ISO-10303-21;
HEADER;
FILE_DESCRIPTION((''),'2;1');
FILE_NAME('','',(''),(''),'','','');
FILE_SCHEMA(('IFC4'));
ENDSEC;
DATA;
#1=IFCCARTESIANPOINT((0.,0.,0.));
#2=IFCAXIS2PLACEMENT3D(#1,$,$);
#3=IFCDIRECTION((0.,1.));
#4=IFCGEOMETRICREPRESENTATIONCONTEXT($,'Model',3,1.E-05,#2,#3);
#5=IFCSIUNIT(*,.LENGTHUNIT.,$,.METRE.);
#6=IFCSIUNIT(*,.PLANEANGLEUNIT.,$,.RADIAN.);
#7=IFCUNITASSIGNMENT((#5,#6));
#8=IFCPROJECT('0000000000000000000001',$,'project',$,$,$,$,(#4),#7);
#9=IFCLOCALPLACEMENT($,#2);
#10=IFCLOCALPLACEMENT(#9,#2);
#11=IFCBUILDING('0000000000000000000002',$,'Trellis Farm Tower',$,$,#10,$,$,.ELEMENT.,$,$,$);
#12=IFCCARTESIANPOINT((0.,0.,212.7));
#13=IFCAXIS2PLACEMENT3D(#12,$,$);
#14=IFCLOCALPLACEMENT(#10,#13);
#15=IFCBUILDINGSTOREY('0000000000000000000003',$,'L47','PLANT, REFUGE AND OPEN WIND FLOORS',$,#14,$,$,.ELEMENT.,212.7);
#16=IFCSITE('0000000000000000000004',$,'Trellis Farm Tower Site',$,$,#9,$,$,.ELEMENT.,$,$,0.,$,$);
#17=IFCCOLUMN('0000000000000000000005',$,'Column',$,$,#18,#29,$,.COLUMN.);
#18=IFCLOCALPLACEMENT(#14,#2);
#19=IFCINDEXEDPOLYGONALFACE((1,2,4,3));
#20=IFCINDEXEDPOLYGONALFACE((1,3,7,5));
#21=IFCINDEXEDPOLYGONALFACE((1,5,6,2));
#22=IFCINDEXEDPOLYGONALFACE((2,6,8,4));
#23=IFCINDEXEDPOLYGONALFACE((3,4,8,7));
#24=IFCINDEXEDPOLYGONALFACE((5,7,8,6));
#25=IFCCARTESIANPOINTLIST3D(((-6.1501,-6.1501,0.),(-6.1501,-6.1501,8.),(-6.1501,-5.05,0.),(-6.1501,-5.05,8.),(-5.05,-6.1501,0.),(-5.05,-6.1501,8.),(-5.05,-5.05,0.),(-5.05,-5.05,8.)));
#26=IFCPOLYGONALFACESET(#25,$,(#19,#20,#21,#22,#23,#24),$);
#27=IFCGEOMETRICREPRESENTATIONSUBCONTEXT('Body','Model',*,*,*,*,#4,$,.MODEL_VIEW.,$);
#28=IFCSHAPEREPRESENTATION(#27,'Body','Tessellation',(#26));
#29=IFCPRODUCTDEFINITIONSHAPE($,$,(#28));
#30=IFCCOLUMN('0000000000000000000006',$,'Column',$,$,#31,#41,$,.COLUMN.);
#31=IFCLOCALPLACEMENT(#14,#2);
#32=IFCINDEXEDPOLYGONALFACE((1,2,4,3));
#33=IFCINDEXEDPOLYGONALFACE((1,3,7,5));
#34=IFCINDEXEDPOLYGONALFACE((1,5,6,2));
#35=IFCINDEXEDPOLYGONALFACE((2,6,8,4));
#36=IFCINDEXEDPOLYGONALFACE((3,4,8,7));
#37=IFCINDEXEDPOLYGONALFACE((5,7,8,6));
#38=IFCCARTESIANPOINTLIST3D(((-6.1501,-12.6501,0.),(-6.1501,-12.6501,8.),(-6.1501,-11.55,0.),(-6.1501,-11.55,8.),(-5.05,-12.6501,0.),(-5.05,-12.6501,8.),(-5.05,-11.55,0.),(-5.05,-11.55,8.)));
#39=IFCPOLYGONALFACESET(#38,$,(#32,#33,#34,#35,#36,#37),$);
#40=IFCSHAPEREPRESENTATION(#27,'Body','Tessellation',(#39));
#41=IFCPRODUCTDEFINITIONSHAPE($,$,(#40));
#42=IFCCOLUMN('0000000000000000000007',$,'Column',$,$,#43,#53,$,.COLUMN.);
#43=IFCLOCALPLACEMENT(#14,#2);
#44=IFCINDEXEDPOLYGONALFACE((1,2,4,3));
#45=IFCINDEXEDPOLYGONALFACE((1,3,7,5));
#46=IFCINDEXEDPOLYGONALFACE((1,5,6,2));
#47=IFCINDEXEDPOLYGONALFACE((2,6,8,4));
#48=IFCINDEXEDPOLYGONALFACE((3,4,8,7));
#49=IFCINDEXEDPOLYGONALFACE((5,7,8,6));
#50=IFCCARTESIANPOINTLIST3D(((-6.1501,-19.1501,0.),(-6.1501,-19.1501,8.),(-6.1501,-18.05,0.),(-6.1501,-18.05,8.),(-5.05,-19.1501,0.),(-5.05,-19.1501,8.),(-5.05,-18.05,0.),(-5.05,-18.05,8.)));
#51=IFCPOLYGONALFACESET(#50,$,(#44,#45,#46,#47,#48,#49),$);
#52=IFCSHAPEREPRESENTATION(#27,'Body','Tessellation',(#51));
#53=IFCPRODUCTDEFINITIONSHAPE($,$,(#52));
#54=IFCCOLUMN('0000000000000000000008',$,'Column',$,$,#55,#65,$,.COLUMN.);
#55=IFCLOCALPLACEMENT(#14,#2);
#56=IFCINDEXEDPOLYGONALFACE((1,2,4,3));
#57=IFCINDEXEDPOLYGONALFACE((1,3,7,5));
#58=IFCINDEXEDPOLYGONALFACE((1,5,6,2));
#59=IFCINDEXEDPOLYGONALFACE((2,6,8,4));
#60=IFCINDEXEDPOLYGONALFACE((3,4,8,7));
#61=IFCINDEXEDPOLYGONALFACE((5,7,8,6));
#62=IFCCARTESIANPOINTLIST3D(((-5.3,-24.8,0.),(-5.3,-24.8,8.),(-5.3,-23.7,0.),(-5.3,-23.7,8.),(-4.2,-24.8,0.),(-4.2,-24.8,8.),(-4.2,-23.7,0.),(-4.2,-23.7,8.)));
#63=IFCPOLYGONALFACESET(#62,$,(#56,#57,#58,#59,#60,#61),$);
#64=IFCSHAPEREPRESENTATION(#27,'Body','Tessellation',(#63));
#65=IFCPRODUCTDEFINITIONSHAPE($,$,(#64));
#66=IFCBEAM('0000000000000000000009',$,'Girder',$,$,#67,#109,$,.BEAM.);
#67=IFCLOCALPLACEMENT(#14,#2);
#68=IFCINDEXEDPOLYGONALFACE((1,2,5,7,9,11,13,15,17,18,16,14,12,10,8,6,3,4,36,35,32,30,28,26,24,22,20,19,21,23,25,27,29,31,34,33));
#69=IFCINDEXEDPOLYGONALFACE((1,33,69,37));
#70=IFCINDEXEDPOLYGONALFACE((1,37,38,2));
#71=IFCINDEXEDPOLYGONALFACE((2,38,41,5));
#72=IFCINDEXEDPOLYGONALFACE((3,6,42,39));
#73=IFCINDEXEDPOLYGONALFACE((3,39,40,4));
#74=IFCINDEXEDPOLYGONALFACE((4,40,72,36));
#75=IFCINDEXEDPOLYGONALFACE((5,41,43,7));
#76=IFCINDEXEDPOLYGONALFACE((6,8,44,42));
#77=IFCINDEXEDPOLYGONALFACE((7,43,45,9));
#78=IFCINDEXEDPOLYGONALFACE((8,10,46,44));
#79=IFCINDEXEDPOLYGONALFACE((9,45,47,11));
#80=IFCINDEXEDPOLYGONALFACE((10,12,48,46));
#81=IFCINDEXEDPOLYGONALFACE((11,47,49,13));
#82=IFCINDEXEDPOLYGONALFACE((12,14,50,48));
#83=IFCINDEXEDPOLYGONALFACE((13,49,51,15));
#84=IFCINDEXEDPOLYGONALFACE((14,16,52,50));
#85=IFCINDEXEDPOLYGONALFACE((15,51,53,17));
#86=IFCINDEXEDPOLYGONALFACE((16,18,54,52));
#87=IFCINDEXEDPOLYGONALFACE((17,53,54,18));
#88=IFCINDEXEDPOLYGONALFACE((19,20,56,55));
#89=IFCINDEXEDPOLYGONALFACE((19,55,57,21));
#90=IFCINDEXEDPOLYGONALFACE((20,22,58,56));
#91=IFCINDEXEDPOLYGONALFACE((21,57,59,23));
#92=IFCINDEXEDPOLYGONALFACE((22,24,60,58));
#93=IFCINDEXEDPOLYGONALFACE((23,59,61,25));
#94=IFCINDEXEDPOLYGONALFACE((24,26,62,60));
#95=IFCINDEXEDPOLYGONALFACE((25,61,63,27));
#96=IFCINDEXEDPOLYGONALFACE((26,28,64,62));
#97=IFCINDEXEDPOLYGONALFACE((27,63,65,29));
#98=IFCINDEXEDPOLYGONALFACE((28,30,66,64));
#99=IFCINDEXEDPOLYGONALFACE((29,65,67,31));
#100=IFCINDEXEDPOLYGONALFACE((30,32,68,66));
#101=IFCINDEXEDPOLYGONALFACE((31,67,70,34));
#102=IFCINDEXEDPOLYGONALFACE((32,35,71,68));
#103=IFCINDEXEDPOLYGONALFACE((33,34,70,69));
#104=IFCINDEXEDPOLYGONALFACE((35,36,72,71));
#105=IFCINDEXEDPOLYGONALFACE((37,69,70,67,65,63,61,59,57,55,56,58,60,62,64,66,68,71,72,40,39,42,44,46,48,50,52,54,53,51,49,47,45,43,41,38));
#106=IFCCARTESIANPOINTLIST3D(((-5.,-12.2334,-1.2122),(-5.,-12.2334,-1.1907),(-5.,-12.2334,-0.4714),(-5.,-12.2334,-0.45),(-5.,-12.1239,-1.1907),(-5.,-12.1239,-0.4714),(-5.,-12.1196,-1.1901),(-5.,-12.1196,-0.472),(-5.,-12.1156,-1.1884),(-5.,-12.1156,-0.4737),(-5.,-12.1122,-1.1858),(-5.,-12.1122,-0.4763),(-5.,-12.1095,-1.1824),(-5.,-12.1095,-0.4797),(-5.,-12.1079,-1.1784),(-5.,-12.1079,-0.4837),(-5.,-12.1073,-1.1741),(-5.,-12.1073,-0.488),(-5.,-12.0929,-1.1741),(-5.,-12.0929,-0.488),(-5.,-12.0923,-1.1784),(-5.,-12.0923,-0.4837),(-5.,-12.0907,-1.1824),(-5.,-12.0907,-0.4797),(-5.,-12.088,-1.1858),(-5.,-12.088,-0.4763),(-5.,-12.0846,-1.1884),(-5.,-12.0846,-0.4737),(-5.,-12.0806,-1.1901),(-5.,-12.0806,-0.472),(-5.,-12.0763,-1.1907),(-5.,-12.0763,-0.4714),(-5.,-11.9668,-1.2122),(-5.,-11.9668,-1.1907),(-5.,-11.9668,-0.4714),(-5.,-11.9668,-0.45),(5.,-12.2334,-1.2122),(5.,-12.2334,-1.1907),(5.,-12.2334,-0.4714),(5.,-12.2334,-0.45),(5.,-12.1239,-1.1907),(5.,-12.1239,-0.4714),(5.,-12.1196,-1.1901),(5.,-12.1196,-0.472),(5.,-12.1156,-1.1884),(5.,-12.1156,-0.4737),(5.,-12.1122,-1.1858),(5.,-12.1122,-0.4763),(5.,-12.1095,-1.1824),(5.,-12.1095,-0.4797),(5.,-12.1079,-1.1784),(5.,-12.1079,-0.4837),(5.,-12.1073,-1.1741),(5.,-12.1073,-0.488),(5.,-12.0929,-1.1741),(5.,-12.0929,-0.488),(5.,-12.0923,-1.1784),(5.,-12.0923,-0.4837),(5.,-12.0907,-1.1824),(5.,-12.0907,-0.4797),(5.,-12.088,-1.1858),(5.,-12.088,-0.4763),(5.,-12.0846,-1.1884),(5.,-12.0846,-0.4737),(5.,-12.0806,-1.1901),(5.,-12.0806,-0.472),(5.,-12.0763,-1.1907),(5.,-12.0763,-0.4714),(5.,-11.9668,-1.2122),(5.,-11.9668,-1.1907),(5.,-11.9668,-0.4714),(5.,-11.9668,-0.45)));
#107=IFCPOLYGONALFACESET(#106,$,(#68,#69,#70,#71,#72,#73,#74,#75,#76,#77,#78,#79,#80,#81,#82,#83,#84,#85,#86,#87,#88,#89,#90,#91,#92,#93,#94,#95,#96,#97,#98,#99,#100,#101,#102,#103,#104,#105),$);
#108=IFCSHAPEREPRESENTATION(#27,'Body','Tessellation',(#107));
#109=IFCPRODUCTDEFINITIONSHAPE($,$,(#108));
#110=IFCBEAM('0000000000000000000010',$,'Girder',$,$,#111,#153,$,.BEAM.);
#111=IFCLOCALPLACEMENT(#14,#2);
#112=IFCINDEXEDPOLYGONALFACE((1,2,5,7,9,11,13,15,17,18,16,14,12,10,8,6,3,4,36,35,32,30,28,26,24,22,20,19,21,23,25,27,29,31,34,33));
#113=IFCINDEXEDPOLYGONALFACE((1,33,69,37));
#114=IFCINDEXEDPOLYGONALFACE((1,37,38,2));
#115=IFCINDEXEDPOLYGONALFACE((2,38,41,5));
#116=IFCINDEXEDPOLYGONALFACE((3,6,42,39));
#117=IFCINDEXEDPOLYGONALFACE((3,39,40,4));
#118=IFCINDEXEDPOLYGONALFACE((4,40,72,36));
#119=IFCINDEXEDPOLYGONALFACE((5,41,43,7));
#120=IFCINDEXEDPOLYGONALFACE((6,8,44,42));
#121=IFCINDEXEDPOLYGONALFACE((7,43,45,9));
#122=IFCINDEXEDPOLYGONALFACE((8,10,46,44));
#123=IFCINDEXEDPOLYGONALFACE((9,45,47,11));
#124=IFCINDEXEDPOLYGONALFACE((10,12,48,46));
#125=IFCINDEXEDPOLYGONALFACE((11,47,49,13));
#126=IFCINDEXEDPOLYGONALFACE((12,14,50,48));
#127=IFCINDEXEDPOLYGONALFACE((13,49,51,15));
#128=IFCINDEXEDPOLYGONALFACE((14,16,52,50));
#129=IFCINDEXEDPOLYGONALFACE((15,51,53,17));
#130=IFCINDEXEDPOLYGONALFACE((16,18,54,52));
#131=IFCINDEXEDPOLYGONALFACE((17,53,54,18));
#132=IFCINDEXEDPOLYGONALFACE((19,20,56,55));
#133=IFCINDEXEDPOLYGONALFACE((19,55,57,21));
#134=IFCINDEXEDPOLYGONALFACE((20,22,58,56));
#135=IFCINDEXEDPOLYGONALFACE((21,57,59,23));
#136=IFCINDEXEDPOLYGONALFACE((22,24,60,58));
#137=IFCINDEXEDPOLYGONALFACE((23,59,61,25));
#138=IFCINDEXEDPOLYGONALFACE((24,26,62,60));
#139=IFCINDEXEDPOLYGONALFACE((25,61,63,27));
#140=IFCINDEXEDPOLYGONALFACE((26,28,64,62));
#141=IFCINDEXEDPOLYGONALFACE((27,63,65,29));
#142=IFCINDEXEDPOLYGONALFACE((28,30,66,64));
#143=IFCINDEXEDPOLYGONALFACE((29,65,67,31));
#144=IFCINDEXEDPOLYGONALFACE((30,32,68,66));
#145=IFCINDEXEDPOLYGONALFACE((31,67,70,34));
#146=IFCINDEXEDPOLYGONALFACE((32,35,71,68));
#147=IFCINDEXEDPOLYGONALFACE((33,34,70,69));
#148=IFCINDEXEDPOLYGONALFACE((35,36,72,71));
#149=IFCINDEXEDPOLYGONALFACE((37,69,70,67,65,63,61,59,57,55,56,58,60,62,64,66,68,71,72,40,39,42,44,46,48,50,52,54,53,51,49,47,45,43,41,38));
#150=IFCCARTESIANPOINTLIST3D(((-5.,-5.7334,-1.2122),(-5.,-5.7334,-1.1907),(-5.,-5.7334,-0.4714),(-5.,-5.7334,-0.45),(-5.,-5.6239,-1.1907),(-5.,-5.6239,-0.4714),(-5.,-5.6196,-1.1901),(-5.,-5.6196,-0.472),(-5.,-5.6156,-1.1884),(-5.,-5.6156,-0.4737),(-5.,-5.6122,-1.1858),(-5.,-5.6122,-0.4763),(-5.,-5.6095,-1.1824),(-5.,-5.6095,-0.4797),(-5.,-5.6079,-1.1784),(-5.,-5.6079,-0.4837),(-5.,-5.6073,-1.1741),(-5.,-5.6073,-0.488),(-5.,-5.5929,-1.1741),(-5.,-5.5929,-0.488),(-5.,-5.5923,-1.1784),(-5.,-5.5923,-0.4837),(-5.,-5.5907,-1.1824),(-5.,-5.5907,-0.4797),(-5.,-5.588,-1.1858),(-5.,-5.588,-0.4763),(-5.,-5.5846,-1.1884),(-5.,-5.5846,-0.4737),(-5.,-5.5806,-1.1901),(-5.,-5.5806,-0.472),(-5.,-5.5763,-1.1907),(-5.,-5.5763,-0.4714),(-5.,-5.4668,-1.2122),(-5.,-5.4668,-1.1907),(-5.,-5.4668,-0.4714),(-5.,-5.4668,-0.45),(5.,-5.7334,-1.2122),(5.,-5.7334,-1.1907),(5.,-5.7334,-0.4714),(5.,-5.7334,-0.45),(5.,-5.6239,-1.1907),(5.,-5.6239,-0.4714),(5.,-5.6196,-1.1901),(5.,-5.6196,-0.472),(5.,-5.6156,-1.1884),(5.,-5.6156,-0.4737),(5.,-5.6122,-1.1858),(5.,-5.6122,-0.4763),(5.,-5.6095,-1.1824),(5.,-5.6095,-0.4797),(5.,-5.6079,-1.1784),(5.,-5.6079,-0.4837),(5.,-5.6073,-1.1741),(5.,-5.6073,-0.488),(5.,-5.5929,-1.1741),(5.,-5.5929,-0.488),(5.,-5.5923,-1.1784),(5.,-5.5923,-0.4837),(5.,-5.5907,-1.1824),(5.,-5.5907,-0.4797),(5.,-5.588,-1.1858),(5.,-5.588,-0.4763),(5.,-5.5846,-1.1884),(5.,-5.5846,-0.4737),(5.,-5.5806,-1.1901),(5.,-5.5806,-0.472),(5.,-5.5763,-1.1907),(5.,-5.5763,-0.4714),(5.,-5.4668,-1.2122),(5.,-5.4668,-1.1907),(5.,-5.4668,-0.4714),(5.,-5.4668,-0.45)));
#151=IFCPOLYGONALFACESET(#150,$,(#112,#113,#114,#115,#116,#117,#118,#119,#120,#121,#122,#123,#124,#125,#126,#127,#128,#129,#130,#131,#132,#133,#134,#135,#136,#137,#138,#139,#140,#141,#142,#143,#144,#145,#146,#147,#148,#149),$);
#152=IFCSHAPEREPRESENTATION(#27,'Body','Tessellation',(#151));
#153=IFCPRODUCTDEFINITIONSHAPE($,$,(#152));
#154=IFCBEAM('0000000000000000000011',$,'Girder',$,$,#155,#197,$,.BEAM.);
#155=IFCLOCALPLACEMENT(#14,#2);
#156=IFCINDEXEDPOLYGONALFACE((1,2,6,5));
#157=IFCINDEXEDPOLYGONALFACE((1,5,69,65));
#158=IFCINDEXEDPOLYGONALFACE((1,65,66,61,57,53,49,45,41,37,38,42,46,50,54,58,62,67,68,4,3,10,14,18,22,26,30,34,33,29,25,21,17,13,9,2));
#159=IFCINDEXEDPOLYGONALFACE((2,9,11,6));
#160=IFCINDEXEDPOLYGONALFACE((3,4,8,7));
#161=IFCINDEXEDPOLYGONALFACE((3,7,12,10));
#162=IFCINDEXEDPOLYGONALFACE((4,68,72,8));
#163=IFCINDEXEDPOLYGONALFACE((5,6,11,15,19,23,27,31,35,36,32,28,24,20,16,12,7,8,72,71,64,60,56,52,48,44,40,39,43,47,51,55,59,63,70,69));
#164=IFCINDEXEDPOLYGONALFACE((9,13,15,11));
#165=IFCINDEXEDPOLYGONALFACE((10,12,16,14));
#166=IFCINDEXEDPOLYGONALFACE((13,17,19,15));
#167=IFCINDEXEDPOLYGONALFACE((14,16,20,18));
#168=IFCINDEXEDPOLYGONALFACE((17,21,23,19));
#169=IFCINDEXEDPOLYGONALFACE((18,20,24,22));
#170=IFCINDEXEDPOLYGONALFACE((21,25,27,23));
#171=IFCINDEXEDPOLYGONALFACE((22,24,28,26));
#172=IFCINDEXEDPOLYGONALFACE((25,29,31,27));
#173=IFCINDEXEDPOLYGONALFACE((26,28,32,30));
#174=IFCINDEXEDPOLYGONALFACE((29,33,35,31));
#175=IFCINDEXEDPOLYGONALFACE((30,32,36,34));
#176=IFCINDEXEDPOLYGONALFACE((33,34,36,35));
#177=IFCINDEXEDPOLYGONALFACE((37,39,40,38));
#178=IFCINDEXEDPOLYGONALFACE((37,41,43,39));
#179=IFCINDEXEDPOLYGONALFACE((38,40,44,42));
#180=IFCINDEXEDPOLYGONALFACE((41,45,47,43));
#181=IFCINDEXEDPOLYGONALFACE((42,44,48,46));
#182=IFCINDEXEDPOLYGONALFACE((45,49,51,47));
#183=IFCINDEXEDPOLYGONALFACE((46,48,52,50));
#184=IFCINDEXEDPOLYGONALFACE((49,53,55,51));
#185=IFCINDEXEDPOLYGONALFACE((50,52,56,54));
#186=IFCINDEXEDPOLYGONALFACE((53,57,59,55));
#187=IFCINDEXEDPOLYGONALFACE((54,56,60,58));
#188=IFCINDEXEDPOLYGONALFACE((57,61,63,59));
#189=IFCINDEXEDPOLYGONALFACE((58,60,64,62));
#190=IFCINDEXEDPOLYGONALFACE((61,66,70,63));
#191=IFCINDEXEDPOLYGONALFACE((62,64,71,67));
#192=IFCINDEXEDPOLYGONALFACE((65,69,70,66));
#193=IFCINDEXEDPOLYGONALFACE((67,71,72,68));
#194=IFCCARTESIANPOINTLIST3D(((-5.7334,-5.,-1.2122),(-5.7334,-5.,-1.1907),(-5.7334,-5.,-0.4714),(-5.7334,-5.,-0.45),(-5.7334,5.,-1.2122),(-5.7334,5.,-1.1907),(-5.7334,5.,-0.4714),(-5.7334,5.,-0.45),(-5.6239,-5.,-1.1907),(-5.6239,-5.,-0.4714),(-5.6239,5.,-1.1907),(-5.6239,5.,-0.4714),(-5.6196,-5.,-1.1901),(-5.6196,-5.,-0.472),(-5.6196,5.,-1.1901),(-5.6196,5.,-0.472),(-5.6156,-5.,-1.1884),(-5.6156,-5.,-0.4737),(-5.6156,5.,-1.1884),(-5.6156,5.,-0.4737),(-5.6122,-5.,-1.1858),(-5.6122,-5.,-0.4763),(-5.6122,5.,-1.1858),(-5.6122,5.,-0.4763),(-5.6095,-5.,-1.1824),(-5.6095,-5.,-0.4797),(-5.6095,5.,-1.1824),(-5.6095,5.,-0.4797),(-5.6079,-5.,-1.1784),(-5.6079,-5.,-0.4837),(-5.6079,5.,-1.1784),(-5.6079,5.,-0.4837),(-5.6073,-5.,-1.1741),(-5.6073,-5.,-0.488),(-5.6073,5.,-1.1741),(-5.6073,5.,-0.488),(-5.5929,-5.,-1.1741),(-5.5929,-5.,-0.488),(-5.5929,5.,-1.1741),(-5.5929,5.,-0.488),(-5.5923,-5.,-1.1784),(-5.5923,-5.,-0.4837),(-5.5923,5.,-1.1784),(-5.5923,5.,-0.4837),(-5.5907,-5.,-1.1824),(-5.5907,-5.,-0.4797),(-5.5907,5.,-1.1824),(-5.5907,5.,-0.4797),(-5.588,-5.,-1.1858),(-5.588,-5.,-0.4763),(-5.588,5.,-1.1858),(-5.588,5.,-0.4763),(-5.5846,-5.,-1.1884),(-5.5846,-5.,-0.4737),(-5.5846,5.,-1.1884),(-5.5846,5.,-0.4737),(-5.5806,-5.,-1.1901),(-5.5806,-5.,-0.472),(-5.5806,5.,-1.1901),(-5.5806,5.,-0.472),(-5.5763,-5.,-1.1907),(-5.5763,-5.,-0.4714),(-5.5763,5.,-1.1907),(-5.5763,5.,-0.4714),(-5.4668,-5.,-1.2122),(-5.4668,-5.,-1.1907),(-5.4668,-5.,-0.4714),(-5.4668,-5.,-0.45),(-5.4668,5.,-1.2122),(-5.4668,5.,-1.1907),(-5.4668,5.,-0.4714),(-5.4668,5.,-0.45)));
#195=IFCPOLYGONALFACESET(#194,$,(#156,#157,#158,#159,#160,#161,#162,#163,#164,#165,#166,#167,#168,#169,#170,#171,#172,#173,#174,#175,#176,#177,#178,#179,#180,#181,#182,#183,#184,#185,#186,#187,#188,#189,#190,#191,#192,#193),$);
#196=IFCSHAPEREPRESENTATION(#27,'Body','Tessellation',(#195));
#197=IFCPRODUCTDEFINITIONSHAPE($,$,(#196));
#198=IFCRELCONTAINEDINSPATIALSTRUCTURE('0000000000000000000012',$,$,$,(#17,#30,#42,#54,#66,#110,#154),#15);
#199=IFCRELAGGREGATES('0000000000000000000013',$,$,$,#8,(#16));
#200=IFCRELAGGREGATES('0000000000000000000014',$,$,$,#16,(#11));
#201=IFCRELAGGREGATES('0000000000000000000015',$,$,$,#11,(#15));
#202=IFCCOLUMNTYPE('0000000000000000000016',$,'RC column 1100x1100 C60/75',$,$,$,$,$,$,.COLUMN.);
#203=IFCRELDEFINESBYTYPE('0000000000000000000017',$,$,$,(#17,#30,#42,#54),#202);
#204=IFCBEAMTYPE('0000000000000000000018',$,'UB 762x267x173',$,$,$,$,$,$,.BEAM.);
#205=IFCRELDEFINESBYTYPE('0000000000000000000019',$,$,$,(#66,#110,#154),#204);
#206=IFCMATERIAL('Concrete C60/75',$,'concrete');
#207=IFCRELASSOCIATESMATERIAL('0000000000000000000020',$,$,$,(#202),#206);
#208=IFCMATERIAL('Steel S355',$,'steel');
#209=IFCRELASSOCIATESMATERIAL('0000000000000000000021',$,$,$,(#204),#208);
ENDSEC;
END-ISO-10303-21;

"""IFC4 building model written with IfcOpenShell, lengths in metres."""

from ifc_helpers import new_model, si_unit, direction, frame, origin, origin_2d, place, context, subcontext, project, spatial, rectangle, i_section, extrude, source, transform, mapped, material, material_profile, profile_set, type_object, element, save


model = new_model("IFC4")

# Units and contexts
model_context = context("Model", 3, precision=1e-05, world=origin(), true_north=direction((0.0, 1.0)))
body_context = subcontext(model_context, "Body", "Model", "MODEL_VIEW")
ifc_project = project(units=[si_unit("LENGTHUNIT", "METRE"), si_unit("PLANEANGLEUNIT", "RADIAN")], contexts=[model_context])

# Site, building, storey
site_placement = place(None, origin())
site = spatial("IfcSite", under=ifc_project, at=site_placement, Name="Trellis Farm Tower Site", CompositionType="ELEMENT", RefElevation=0.0)
building_placement = place(site_placement, origin())
building = spatial("IfcBuilding", under=site, at=building_placement, Name="Trellis Farm Tower", CompositionType="ELEMENT")
storey_placement = place(building_placement, frame((0.0, 0.0, 212.7)))
storey = spatial("IfcBuildingStorey", under=building, at=storey_placement, Name="L47", Description="PLANT, REFUGE AND OPEN WIND FLOORS", CompositionType="ELEMENT", Elevation=212.7)

# Columns
ifc_material_1 = material(Name="Concrete C60/75", Category="concrete")
ifc_material_profile_1 = material_profile(ifc_material_1, rectangle(XDim=1.1001, YDim=1.1001, at=origin_2d()), Name="RC column 1100x1100 C60/75")
ifc_profile_set_1 = profile_set([ifc_material_profile_1], Name="Concrete C60/75")
column_type = type_object("IfcColumnType", Name="RC column 1100x1100 C60/75", PredefinedType="COLUMN", material=ifc_profile_set_1)
shared_shape_1 = source(origin(), body_context, "Body", "SweptSolid", [
    extrude(rectangle(XDim=1.1001, YDim=1.1001, at=origin_2d()), origin(), (0.0, 0.0, 1.0), 8.0),
])
for number, where, z_axis, x_axis, name in (
    (1, (-5.6001, -5.6001, 0.0), (0.0, 0.0, 1.0), (1.0, 0.0, 0.0), "Column"),
    (2, (-5.6001, -12.1001, 0.0), (0.0, 0.0, 1.0), (1.0, 0.0, 0.0), "Column"),
    (3, (-5.6001, -18.6001, 0.0), (0.0, 0.0, 1.0), (1.0, 0.0, 0.0), "Column"),
    (4, (-4.75, -24.25, 0.0), (0.0, 0.0, 1.0), (1.0, 0.0, 0.0), "Column"),
):
    element("IfcColumn", number, at=place(storey_placement, frame(where, z_axis=z_axis, x_axis=x_axis)), inside=storey, type_object=column_type, Name=name, PredefinedType="COLUMN", context=body_context, shape_type="MappedRepresentation", body=[
        mapped(shared_shape_1, transform((0.0, 0.0, 0.0))),
    ])

# Beams
ifc_material_2 = material(Name="Steel S355", Category="steel")
ifc_material_profile_2 = material_profile(ifc_material_2, i_section(OverallWidth=0.2666, OverallDepth=0.7622, WebThickness=0.0144, FlangeThickness=0.0215, FilletRadius=0.0166, at=origin_2d()), Name="UB 762x267x173")
ifc_profile_set_2 = profile_set([ifc_material_profile_2], Name="Steel S355")
beam_type_1 = type_object("IfcBeamType", Name="UB 762x267x173", PredefinedType="BEAM", material=ifc_profile_set_2)
shared_shape_2 = source(origin(), body_context, "Body", "SweptSolid", [
    extrude(i_section(OverallWidth=0.2666, OverallDepth=0.7622, WebThickness=0.0144, FlangeThickness=0.0215, FilletRadius=0.0166, at=origin_2d()), origin(), (0.0, 0.0, 1.0), 10.0),
])
for number, where, z_axis, x_axis, name in (
    (5, (-5.0, -12.1001, -0.8311), (1.0, 0.0, 0.0), (0.0, 1.0, 0.0), "Girder"),
    (6, (-5.0, -5.6001, -0.8311), (1.0, 0.0, 0.0), (0.0, 1.0, 0.0), "Girder"),
    (7, (-5.6001, -5.0, -0.8311), (0.0, 1.0, 0.0), (-1.0, 0.0, 0.0), "Girder"),
):
    element("IfcBeam", number, at=place(storey_placement, frame(where, z_axis=z_axis, x_axis=x_axis)), inside=storey, type_object=beam_type_1, Name=name, PredefinedType="BEAM", context=body_context, shape_type="MappedRepresentation", body=[
        mapped(shared_shape_2, transform((0.0, 0.0, 0.0))),
    ])

save(model, "model.ifc")
